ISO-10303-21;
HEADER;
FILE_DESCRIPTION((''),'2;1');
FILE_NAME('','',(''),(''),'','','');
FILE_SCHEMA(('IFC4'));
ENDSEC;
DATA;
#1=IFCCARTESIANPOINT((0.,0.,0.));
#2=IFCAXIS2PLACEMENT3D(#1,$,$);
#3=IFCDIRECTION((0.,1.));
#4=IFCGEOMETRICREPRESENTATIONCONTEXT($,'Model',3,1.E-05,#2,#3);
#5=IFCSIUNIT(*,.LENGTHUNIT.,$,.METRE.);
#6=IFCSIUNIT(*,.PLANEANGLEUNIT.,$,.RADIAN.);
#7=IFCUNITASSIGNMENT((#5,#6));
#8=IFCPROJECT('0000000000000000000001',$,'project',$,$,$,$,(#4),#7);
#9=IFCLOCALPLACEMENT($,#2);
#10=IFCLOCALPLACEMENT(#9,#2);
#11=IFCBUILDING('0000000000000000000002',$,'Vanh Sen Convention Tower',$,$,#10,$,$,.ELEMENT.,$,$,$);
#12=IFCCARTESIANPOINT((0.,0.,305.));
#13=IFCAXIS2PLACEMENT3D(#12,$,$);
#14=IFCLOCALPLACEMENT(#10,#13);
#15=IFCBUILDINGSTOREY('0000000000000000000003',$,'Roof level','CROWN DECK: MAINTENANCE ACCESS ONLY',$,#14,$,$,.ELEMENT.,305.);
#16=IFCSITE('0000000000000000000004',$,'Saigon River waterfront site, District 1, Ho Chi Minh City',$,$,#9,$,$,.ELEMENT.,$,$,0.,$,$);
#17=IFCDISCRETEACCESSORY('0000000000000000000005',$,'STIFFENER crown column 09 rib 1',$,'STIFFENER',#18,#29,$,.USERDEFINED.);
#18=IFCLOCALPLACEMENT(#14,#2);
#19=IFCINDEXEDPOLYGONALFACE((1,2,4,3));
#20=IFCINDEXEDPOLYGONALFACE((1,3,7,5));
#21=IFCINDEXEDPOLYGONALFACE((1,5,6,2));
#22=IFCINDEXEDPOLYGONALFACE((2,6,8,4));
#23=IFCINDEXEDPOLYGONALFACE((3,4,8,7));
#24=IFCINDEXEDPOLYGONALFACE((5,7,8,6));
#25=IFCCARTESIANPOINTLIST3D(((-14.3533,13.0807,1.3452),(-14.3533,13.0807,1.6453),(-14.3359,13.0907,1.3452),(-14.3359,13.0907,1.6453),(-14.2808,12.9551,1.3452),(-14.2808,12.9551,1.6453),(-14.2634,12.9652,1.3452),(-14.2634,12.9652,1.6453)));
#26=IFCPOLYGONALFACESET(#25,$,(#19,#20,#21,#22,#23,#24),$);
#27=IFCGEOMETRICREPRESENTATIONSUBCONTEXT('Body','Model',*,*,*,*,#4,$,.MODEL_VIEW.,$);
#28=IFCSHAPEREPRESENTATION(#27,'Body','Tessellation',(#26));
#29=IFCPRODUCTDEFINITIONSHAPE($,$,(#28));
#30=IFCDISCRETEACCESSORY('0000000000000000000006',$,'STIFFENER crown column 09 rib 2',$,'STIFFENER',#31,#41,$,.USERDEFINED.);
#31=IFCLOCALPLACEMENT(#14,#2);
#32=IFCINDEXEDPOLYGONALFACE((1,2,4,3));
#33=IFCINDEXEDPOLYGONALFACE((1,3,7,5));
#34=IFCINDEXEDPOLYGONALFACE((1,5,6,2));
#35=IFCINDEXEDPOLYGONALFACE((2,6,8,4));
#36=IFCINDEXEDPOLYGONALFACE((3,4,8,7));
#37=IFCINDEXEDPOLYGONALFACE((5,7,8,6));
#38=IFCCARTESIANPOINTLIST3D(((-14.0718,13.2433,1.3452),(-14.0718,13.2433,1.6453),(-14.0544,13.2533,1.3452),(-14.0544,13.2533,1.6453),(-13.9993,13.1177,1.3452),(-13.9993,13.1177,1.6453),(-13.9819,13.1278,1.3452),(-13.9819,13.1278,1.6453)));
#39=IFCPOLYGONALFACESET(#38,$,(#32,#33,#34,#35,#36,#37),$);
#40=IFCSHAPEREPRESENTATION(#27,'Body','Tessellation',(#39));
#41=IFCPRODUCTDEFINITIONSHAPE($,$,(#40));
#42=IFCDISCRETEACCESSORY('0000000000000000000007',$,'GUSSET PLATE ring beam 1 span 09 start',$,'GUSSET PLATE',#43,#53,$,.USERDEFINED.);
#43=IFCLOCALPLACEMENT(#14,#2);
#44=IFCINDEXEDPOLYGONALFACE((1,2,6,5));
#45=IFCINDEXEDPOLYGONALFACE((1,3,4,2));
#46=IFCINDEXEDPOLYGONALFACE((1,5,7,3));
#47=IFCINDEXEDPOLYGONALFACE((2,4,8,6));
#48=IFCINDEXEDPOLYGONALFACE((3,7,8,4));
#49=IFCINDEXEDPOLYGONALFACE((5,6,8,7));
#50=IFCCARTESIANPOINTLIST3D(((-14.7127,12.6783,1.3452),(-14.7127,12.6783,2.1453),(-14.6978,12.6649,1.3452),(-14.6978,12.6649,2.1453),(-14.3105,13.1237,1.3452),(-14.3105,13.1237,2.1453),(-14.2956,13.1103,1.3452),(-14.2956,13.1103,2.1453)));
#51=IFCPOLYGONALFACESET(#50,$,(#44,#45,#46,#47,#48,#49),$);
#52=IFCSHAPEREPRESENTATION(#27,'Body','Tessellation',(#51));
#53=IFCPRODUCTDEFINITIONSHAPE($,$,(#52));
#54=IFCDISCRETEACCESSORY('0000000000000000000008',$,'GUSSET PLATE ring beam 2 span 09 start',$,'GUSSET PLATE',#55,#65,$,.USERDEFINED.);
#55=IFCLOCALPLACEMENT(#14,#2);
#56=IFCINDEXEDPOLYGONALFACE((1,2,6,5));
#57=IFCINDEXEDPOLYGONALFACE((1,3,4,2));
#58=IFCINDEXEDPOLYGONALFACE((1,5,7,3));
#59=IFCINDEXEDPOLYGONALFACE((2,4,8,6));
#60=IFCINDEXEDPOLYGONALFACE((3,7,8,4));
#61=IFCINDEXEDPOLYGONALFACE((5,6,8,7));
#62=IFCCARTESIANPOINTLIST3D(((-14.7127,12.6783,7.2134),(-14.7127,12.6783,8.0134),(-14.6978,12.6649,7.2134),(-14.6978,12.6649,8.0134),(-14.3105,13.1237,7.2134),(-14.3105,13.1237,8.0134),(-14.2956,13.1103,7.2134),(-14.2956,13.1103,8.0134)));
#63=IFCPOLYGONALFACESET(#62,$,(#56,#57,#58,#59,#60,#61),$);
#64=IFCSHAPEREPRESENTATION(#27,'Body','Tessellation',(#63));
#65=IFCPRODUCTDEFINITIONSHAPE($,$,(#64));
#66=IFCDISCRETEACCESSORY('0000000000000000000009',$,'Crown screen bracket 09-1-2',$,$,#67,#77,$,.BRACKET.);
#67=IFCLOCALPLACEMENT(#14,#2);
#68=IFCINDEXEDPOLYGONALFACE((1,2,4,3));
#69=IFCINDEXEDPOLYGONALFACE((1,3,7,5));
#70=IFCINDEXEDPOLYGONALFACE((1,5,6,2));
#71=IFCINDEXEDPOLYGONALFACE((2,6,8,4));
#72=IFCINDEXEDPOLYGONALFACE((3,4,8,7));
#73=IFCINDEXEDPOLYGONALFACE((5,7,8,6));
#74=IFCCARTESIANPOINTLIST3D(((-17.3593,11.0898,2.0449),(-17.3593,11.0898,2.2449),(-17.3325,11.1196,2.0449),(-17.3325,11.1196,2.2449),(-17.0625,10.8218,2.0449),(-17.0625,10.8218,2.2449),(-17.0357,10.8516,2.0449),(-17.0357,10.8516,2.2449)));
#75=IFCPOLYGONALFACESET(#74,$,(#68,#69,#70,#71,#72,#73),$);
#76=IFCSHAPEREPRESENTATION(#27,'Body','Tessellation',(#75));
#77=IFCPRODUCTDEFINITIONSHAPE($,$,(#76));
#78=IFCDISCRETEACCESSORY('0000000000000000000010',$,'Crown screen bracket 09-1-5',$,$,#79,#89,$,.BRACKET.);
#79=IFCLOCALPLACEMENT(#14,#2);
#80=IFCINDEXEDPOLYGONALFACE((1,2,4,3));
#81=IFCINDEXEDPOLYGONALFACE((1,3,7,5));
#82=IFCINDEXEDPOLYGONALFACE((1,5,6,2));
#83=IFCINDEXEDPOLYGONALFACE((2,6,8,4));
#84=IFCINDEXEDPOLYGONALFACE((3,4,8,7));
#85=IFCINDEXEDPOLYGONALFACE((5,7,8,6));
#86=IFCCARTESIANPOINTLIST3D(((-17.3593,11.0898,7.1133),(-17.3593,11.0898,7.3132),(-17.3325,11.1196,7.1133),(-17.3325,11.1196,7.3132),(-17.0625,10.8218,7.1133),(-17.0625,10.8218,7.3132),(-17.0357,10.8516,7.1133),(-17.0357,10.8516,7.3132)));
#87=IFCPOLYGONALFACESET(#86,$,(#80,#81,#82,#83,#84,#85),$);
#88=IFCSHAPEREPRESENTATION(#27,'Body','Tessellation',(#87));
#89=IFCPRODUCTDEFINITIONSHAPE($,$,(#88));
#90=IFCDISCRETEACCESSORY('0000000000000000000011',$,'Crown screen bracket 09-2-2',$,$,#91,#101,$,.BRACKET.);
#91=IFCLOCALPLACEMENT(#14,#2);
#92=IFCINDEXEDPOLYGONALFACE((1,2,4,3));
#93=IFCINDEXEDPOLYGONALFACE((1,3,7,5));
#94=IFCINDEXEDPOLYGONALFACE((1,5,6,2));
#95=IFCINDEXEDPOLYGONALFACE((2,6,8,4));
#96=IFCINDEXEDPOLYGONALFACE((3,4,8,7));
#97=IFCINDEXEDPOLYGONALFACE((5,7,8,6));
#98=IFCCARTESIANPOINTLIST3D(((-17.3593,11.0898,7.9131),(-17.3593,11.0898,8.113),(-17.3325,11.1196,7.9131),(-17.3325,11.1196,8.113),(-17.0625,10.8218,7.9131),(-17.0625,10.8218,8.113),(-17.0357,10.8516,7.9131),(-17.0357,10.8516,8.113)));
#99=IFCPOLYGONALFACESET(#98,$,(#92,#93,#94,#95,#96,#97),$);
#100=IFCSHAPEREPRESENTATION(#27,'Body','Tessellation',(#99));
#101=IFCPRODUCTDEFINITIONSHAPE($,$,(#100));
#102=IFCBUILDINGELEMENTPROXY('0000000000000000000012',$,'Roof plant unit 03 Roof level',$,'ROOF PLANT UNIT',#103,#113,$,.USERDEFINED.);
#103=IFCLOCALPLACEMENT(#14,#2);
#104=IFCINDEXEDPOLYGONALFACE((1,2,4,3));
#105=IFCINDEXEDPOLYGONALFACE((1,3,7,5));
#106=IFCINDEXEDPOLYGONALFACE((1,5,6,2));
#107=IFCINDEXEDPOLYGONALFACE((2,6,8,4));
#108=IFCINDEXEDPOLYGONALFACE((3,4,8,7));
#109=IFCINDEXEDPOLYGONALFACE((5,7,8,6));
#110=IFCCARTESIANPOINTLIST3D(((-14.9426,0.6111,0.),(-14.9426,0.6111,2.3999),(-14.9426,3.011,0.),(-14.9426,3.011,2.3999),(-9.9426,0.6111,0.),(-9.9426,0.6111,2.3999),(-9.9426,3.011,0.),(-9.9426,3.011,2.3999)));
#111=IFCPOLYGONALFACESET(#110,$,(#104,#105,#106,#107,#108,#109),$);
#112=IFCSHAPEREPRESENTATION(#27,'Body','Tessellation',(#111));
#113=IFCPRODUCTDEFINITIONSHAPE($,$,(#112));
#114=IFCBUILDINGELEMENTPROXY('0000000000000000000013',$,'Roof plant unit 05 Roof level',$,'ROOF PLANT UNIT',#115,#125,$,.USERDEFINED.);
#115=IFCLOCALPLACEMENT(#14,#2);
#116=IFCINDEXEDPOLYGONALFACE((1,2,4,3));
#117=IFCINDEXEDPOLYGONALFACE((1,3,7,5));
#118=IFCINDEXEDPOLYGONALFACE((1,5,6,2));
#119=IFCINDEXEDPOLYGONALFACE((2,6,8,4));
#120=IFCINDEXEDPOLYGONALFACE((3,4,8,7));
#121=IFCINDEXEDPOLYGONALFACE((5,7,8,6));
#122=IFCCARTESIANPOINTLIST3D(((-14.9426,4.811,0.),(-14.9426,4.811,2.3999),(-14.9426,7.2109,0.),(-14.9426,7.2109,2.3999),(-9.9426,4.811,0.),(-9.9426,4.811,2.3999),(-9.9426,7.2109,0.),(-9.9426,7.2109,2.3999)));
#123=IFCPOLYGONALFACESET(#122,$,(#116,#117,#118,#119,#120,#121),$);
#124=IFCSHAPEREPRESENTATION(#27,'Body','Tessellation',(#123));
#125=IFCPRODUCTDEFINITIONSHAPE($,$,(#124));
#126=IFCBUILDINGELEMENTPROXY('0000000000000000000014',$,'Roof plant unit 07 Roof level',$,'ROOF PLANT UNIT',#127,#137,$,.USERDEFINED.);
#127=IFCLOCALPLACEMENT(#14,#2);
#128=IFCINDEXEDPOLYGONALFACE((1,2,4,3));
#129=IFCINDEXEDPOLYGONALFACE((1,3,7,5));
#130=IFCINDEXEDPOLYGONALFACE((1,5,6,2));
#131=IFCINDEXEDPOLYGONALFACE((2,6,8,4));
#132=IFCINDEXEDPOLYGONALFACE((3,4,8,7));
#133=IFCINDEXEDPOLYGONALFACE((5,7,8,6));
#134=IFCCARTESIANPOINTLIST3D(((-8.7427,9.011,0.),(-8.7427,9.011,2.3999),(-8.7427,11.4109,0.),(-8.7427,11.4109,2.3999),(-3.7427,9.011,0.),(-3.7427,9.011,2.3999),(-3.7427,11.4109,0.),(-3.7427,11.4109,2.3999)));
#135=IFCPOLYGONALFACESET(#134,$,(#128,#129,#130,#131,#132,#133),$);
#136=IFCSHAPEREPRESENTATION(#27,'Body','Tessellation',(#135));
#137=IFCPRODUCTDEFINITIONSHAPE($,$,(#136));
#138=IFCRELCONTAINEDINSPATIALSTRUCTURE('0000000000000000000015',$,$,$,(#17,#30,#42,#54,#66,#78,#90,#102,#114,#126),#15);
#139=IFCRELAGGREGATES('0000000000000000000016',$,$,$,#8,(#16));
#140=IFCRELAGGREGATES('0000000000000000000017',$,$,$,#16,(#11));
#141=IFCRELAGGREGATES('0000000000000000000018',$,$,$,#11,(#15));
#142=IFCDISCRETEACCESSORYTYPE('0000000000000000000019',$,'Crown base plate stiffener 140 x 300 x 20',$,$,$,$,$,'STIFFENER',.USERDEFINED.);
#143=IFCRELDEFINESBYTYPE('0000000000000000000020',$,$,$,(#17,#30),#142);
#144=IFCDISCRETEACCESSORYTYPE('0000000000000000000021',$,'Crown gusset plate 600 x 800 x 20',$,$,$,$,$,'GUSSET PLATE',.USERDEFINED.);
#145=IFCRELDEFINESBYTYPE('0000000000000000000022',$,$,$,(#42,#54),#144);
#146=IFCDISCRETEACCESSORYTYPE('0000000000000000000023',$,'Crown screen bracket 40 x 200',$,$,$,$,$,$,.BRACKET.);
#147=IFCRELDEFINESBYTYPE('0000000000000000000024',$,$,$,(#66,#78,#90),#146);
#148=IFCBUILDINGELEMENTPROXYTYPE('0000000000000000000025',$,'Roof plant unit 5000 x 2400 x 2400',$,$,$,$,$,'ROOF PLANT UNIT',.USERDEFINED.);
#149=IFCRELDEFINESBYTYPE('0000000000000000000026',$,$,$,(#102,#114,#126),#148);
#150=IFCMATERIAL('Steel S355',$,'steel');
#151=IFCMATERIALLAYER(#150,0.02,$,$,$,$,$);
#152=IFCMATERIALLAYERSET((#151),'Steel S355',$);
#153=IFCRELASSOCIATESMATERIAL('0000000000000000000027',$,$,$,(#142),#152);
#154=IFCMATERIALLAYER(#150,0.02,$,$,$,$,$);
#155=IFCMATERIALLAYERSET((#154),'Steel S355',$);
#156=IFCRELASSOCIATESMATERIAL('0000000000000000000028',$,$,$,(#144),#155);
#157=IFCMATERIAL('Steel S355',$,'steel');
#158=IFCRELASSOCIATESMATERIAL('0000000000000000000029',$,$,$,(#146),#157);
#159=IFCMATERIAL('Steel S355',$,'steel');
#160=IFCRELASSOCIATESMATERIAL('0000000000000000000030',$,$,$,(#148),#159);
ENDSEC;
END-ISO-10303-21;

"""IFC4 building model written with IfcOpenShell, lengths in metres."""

from ifc_helpers import new_model, si_unit, direction, frame, origin, origin_2d, place, context, subcontext, project, spatial, rectangle, extrude, material, layer, layer_set, type_object, element, save


model = new_model("IFC4")

# Units and contexts
model_context = context("Model", 3, precision=1e-05, world=origin(), true_north=direction((0.0, 1.0)))
body_context = subcontext(model_context, "Body", "Model", "MODEL_VIEW")
ifc_project = project(units=[si_unit("LENGTHUNIT", "METRE"), si_unit("PLANEANGLEUNIT", "RADIAN")], contexts=[model_context])

# Site, building, storey
site_placement = place(None, origin())
site = spatial("IfcSite", under=ifc_project, at=site_placement, Name="Saigon River waterfront site, District 1, Ho Chi Minh City", CompositionType="ELEMENT", RefElevation=0.0)
building_placement = place(site_placement, origin())
building = spatial("IfcBuilding", under=site, at=building_placement, Name="Vanh Sen Convention Tower", CompositionType="ELEMENT")
storey_placement = place(building_placement, frame((0.0, 0.0, 305.0)))
storey = spatial("IfcBuildingStorey", under=building, at=storey_placement, Name="Roof level", Description="CROWN DECK: MAINTENANCE ACCESS ONLY", CompositionType="ELEMENT", Elevation=305.0)

# Discrete accessories
ifc_material_1 = material(Name="Steel S355", Category="steel")
ifc_layer_1 = layer(ifc_material_1, 0.02)
ifc_layer_set_1 = layer_set([ifc_layer_1], Name="Steel S355")
discrete_accessory_type_1 = type_object("IfcDiscreteAccessoryType", Name="Crown base plate stiffener 140 x 300 x 20", ElementType="STIFFENER", PredefinedType="USERDEFINED", material=ifc_layer_set_1)
for number, where, z_axis, x_axis, name in (
    (1, (-14.3083, 13.0229, 1.3452), (0.0, 0.0, 1.0), (0.5, -0.866025, 0.0), "STIFFENER crown column 09 rib 1"),
    (2, (-14.0269, 13.1855, 1.3452), (0.0, 0.0, 1.0), (0.5, -0.866025, 0.0), "STIFFENER crown column 09 rib 2"),
):
    element("IfcDiscreteAccessory", number, at=place(storey_placement, frame(where, z_axis=z_axis, x_axis=x_axis)), inside=storey, type_object=discrete_accessory_type_1, Name=name, ObjectType="STIFFENER", PredefinedType="USERDEFINED", context=body_context, shape_type="SweptSolid", body=[
        extrude(rectangle(XDim=0.145, YDim=0.02, at=origin_2d()), origin(), (0.0, 0.0, 1.0), 0.3),
    ])
ifc_layer_2 = layer(ifc_material_1, 0.02)
ifc_layer_set_2 = layer_set([ifc_layer_2], Name="Steel S355")
discrete_accessory_type_2 = type_object("IfcDiscreteAccessoryType", Name="Crown gusset plate 600 x 800 x 20", ElementType="GUSSET PLATE", PredefinedType="USERDEFINED", material=ifc_layer_set_2)
for number, where, z_axis, x_axis, name in (
    (3, (-14.5042, 12.8943, 1.3452), (0.0, 0.0, 1.0), (-0.670143, -0.742232, 0.0), "GUSSET PLATE ring beam 1 span 09 start"),
    (4, (-14.5042, 12.8943, 7.2134), (0.0, 0.0, 1.0), (-0.670143, -0.742232, 0.0), "GUSSET PLATE ring beam 2 span 09 start"),
):
    element("IfcDiscreteAccessory", number, at=place(storey_placement, frame(where, z_axis=z_axis, x_axis=x_axis)), inside=storey, type_object=discrete_accessory_type_2, Name=name, ObjectType="GUSSET PLATE", PredefinedType="USERDEFINED", context=body_context, shape_type="SweptSolid", body=[
        extrude(rectangle(XDim=0.6001, YDim=0.02, at=origin_2d()), origin(), (0.0, 0.0, 1.0), 0.8),
    ])
ifc_material_2 = material(Name="Steel S355", Category="steel")
discrete_accessory_type_3 = type_object("IfcDiscreteAccessoryType", Name="Crown screen bracket 40 x 200", PredefinedType="BRACKET", material=ifc_material_2)
for number, where, z_axis, x_axis, name in (
    (5, (-17.1975, 10.9707, 2.0449), (0.0, 0.0, 1.0), (-0.742232, 0.670143, 0.0), "Crown screen bracket 09-1-2"),
    (6, (-17.1975, 10.9707, 7.1133), (0.0, 0.0, 1.0), (-0.742232, 0.670143, 0.0), "Crown screen bracket 09-1-5"),
    (7, (-17.1975, 10.9707, 7.9131), (0.0, 0.0, 1.0), (-0.742232, 0.670143, 0.0), "Crown screen bracket 09-2-2"),
):
    element("IfcDiscreteAccessory", number, at=place(storey_placement, frame(where, z_axis=z_axis, x_axis=x_axis)), inside=storey, type_object=discrete_accessory_type_3, Name=name, PredefinedType="BRACKET", context=body_context, shape_type="SweptSolid", body=[
        extrude(rectangle(XDim=0.3999, YDim=0.04, at=origin_2d()), origin(), (0.0, 0.0, 1.0), 0.2),
    ])

# Building element proxies
ifc_material_3 = material(Name="Steel S355", Category="steel")
building_element_proxy_type = type_object("IfcBuildingElementProxyType", Name="Roof plant unit 5000 x 2400 x 2400", ElementType="ROOF PLANT UNIT", PredefinedType="USERDEFINED", material=ifc_material_3)
for number, where, z_axis, x_axis, name in (
    (8, (-12.4426, 1.811, 0.0), (0.0, 0.0, 1.0), (1.0, 0.0, 0.0), "Roof plant unit 03 Roof level"),
    (9, (-12.4426, 6.011, 0.0), (0.0, 0.0, 1.0), (1.0, 0.0, 0.0), "Roof plant unit 05 Roof level"),
    (10, (-6.2427, 10.2109, 0.0), (0.0, 0.0, 1.0), (1.0, 0.0, 0.0), "Roof plant unit 07 Roof level"),
):
    element("IfcBuildingElementProxy", number, at=place(storey_placement, frame(where, z_axis=z_axis, x_axis=x_axis)), inside=storey, type_object=building_element_proxy_type, Name=name, ObjectType="ROOF PLANT UNIT", PredefinedType="USERDEFINED", context=body_context, shape_type="SweptSolid", body=[
        extrude(rectangle(XDim=5.0, YDim=2.3999, at=origin_2d()), origin(), (0.0, 0.0, 1.0), 2.3999),
    ])

save(model, "model.ifc")
